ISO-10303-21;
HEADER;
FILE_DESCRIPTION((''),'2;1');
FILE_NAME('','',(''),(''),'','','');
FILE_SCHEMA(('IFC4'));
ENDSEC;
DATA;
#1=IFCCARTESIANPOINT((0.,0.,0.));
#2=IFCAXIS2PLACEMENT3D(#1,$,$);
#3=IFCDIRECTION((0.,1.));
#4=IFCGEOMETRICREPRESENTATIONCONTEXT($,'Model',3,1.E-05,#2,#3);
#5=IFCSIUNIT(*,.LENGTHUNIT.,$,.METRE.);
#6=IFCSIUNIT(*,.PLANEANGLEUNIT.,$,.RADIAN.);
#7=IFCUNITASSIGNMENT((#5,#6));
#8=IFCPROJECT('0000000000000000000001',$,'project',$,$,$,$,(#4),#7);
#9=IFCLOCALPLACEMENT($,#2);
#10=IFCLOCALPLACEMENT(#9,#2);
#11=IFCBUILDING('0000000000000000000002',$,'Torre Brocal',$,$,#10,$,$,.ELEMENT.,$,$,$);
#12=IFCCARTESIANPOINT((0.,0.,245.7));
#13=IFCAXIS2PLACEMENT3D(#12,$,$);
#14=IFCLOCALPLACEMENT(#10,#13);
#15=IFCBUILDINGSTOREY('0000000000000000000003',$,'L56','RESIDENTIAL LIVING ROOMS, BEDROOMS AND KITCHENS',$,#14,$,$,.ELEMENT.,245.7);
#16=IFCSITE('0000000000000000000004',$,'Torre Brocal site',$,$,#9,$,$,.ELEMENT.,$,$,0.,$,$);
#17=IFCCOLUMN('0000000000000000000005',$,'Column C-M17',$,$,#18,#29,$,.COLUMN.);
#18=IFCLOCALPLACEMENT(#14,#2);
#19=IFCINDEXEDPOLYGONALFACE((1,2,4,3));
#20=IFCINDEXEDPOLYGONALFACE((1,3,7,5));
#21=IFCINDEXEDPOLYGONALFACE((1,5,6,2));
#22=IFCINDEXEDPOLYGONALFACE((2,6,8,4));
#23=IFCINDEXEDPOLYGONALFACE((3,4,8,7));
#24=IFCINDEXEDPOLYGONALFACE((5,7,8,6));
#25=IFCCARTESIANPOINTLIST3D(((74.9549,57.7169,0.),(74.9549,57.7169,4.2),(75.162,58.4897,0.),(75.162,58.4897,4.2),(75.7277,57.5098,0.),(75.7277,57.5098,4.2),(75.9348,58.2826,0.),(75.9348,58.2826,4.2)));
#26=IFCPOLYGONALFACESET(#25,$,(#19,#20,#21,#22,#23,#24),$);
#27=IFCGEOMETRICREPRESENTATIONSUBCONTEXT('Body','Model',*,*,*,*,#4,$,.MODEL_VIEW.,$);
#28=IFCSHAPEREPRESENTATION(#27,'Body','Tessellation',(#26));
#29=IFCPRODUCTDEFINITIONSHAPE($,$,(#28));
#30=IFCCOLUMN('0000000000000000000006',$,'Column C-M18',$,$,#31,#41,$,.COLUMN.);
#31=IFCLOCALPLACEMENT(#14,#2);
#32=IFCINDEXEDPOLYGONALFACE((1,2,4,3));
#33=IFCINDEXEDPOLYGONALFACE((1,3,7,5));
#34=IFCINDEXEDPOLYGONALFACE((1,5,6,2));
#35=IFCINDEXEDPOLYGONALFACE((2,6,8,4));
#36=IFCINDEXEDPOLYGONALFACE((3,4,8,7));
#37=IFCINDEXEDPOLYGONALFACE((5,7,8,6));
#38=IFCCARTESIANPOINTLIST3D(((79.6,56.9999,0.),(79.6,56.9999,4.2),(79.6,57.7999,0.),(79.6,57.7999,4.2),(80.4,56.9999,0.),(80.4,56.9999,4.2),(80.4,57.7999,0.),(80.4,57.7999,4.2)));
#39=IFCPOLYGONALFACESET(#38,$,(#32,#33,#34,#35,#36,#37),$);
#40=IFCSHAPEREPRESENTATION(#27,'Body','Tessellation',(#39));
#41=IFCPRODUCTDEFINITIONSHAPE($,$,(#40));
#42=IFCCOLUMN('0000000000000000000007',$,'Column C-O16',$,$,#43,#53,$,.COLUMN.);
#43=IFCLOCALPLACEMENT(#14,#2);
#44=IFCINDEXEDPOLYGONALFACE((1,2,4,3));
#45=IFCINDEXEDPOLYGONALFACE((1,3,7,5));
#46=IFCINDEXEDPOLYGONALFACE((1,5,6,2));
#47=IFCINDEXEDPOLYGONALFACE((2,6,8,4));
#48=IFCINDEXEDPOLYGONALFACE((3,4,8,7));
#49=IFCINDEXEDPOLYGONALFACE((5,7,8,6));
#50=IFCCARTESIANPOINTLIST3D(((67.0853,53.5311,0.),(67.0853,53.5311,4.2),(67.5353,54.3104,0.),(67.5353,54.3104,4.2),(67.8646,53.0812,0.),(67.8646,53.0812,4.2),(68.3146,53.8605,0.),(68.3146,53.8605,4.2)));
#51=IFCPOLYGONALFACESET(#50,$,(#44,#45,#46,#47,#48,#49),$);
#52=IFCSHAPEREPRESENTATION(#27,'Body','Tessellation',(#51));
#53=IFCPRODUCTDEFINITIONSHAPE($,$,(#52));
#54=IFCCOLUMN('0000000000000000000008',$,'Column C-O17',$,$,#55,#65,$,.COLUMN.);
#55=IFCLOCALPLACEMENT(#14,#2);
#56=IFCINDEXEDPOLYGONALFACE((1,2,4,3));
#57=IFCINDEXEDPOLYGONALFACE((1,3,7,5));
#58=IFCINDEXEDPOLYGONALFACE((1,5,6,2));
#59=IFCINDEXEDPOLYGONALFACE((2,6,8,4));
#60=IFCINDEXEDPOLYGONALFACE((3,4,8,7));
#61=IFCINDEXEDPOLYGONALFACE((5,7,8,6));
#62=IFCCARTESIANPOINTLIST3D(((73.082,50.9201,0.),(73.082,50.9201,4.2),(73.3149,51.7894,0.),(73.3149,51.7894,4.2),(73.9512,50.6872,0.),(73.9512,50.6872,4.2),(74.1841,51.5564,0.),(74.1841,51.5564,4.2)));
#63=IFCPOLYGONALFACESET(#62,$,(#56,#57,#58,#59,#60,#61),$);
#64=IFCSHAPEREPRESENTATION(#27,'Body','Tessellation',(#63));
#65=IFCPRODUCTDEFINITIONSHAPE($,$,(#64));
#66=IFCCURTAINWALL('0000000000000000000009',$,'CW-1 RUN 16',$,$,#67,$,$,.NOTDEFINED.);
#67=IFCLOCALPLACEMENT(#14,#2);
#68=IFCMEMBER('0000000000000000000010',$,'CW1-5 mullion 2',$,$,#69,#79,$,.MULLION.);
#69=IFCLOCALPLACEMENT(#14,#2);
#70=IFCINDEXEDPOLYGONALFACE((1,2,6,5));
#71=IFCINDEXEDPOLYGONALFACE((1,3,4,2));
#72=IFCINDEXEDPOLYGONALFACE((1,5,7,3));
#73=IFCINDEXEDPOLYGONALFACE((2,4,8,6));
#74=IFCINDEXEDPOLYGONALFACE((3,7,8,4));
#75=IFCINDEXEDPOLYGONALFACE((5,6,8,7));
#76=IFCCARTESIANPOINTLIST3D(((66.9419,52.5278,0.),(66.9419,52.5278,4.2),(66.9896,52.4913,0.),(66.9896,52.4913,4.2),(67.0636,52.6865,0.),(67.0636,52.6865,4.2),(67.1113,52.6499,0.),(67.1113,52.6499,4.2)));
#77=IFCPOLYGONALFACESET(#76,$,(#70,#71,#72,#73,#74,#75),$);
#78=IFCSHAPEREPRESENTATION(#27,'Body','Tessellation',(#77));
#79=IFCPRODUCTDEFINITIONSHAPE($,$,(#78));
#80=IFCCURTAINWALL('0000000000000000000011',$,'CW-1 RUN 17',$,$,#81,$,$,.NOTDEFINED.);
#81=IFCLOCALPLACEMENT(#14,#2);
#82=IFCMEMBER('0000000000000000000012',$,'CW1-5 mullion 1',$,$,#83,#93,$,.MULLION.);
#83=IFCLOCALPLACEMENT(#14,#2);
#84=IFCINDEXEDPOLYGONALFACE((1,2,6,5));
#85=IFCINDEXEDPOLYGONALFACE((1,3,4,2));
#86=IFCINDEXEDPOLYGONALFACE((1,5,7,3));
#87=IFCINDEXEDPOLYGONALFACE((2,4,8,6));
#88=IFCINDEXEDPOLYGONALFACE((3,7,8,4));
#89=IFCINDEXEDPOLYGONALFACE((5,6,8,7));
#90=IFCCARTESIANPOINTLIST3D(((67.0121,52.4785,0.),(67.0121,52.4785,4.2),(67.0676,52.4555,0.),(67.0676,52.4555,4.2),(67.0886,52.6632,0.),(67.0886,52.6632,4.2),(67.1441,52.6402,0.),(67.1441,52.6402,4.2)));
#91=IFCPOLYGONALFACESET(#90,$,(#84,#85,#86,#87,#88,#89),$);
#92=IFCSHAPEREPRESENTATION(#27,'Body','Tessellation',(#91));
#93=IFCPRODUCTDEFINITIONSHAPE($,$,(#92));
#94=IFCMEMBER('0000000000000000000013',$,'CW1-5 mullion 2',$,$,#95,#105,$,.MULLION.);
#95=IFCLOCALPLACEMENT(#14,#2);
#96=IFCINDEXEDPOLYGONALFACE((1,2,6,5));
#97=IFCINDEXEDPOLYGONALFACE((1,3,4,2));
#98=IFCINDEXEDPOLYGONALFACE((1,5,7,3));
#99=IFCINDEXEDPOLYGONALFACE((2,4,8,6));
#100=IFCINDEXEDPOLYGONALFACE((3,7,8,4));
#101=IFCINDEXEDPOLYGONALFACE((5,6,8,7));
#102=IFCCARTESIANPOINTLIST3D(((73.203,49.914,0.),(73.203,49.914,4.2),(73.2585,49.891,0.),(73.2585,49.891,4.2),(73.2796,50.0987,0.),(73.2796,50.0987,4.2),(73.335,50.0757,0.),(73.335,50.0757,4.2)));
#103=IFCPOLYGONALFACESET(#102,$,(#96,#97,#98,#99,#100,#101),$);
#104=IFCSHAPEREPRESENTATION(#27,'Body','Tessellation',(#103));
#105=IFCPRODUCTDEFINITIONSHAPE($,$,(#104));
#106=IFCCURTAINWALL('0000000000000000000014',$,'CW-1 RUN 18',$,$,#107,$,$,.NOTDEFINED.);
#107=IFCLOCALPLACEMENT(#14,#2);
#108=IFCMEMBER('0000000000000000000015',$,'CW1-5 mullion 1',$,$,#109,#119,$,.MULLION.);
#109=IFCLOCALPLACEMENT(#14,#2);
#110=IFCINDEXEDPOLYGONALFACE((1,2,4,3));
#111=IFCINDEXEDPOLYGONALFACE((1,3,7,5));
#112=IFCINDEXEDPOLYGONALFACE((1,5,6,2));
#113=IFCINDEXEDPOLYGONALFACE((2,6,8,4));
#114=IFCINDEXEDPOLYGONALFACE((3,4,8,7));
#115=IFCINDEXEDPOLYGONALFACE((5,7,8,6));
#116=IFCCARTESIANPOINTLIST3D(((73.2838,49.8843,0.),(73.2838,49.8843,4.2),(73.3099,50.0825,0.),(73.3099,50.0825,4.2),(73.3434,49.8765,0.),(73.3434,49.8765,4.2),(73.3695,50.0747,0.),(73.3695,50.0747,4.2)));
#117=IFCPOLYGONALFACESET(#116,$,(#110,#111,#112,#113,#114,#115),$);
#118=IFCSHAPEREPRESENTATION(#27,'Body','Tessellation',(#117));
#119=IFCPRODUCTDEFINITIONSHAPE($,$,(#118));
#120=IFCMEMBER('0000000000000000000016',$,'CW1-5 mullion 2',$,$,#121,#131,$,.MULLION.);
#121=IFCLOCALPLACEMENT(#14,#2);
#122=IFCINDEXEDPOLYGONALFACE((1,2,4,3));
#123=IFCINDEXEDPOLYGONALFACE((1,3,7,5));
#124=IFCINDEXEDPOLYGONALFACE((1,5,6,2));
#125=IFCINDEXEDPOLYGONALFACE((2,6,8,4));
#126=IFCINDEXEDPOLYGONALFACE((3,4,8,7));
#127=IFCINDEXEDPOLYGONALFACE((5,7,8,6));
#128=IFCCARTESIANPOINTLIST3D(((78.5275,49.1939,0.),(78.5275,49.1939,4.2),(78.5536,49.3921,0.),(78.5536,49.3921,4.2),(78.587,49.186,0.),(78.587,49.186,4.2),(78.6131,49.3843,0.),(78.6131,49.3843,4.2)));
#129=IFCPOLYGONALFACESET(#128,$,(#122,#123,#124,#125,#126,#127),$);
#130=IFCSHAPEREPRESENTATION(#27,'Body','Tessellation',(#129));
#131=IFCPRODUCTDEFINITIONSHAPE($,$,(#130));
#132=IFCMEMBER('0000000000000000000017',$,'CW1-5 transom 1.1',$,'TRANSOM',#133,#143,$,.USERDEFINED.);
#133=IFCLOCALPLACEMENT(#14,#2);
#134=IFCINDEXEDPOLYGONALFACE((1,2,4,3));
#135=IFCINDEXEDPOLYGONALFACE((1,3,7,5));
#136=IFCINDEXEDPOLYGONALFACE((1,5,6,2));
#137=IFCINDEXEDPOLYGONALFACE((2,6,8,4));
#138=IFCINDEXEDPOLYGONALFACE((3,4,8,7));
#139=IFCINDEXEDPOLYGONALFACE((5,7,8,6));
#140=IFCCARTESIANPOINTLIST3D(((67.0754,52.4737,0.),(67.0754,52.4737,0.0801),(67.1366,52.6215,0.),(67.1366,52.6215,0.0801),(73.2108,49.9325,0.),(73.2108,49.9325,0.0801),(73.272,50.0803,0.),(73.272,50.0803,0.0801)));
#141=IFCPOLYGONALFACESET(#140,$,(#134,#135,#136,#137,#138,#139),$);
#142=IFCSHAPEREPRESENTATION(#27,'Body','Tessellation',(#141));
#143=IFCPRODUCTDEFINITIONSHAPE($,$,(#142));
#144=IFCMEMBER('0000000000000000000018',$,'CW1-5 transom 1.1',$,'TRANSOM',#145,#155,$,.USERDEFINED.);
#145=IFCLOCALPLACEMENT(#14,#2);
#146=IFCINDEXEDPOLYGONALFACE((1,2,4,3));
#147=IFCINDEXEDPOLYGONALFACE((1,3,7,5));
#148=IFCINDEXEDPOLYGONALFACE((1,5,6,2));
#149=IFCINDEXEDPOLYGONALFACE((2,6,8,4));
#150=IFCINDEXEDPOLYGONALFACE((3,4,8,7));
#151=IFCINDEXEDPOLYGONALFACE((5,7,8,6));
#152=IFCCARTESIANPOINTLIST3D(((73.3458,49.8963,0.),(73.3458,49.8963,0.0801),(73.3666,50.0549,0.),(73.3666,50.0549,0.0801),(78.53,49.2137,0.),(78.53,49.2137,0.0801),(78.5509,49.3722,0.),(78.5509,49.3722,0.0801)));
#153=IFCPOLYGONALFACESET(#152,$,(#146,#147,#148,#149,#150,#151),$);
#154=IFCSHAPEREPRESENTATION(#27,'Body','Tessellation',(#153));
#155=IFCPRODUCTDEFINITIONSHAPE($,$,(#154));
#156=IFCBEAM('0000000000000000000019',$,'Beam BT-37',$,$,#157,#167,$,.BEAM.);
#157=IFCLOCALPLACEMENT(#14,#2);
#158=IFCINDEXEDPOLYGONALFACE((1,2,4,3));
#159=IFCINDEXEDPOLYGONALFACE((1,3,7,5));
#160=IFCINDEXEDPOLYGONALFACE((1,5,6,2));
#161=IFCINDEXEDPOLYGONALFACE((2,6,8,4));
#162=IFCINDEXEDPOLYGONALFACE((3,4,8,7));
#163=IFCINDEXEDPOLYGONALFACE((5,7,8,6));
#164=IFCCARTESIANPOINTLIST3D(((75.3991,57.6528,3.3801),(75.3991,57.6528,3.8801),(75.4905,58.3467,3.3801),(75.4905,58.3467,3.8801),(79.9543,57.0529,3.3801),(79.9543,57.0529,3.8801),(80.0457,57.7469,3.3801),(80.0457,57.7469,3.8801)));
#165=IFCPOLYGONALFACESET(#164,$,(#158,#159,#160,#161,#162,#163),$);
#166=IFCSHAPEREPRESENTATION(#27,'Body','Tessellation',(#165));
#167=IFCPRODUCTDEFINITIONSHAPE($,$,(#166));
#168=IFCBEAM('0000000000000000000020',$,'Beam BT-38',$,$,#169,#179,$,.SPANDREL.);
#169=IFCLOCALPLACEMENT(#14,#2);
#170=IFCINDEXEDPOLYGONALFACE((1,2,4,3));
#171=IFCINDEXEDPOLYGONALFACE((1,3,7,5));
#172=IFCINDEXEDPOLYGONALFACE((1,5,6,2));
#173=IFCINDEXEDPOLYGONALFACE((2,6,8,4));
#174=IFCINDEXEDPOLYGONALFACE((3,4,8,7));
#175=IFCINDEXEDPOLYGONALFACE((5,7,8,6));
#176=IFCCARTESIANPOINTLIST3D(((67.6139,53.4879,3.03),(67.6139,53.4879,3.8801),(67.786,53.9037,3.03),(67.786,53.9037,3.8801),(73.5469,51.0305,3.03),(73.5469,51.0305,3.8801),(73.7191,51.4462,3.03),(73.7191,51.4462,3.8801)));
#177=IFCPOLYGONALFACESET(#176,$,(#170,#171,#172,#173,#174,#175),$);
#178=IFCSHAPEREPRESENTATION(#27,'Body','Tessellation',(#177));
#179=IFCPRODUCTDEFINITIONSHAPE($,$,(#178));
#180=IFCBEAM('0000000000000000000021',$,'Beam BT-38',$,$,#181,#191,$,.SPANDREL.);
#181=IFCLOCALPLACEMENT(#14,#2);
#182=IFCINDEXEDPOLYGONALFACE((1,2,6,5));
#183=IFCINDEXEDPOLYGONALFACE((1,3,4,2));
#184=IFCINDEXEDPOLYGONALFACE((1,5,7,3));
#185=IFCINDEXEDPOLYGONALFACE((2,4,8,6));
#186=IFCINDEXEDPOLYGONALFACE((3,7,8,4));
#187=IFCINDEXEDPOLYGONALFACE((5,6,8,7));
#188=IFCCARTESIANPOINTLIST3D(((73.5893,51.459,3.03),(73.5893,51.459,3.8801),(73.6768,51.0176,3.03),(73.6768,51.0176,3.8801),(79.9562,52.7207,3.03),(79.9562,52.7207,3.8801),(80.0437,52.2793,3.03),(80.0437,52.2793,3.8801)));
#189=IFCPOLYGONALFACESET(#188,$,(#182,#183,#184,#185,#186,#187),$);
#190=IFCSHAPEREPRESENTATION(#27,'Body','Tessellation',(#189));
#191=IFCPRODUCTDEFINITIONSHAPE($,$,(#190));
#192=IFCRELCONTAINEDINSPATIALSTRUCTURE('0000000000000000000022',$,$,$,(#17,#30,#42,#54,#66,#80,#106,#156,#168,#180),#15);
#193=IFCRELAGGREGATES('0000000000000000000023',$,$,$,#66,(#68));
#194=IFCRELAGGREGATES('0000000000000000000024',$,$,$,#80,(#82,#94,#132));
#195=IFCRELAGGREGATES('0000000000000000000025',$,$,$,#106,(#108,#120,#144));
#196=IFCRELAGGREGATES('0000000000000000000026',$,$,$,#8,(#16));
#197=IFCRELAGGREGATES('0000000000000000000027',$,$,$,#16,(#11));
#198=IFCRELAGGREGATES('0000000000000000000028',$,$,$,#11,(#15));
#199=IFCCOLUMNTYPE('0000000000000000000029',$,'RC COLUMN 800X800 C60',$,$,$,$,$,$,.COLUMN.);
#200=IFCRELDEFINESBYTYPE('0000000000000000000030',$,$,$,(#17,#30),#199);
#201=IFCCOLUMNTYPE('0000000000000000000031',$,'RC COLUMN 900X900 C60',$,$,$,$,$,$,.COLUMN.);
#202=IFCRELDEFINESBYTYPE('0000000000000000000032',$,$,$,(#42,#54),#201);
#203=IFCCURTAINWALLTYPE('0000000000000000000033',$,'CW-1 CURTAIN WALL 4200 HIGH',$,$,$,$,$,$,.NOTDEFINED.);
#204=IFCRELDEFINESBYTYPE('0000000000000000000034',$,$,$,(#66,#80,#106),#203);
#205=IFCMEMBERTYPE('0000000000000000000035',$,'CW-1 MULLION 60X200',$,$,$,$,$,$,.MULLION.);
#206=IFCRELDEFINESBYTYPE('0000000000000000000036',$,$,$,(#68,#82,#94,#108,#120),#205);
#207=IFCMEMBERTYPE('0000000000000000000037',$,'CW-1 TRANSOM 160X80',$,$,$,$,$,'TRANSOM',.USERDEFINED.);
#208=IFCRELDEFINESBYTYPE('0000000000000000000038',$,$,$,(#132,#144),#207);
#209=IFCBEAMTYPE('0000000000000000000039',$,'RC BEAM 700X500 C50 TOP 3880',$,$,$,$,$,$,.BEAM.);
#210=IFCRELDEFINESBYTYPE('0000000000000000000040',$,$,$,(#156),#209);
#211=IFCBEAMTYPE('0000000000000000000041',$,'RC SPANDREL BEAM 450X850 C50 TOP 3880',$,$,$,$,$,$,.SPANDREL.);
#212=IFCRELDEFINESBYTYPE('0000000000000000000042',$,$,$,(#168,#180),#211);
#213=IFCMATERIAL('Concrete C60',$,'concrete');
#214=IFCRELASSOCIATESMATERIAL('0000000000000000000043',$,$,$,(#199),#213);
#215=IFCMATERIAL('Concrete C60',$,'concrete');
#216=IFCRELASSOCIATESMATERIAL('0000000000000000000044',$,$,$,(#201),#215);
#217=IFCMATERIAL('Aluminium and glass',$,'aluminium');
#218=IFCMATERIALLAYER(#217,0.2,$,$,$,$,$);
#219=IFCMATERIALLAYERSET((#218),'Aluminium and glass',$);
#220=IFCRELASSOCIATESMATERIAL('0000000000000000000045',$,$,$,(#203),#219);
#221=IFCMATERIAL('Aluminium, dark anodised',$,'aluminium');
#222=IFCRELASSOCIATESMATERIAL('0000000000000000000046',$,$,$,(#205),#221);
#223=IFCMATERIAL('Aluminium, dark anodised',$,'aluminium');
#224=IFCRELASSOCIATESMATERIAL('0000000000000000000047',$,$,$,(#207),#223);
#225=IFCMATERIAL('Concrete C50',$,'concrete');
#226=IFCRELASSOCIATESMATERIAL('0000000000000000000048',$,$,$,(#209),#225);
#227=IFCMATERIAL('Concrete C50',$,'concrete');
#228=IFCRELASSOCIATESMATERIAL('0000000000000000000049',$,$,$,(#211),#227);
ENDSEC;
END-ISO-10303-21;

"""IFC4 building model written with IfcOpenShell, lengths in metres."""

from ifc_helpers import new_model, si_unit, direction, frame, origin, origin_2d, place, context, subcontext, project, spatial, rectangle, extrude, material, layer, layer_set, material_profile, profile_set, type_object, element, aggregate, save


model = new_model("IFC4")

# Units and contexts
model_context = context("Model", 3, precision=1e-05, world=origin(), true_north=direction((0.0, 1.0)))
body_context = subcontext(model_context, "Body", "Model", "MODEL_VIEW")
ifc_project = project(units=[si_unit("LENGTHUNIT", "METRE"), si_unit("PLANEANGLEUNIT", "RADIAN")], contexts=[model_context])

# Site, building, storey
site_placement = place(None, origin())
site = spatial("IfcSite", under=ifc_project, at=site_placement, Name="Torre Brocal site", CompositionType="ELEMENT", RefElevation=0.0)
building_placement = place(site_placement, origin())
building = spatial("IfcBuilding", under=site, at=building_placement, Name="Torre Brocal", CompositionType="ELEMENT")
storey_placement = place(building_placement, frame((0.0, 0.0, 245.7)))
storey = spatial("IfcBuildingStorey", under=building, at=storey_placement, Name="L56", Description="RESIDENTIAL LIVING ROOMS, BEDROOMS AND KITCHENS", CompositionType="ELEMENT", Elevation=245.7)

# Columns
ifc_material_1 = material(Name="Concrete C60", Category="concrete")
ifc_material_profile_1 = material_profile(ifc_material_1, rectangle(XDim=0.8, YDim=0.8, at=origin_2d()), Name="RC 800X800")
ifc_profile_set_1 = profile_set([ifc_material_profile_1], Name="Concrete C60")
column_type_1 = type_object("IfcColumnType", Name="RC COLUMN 800X800 C60", PredefinedType="COLUMN", material=ifc_profile_set_1)
for number, where, z_axis, x_axis, name in (
    (1, (75.4448, 57.9998, 0.0), (0.0, 0.0, 1.0), (-0.258819, -0.965926, 0.0), "Column C-M17"),
    (2, (80.0, 57.3999, 0.0), (0.0, 0.0, 1.0), (0.0, -1.0, 0.0), "Column C-M18"),
):
    element("IfcColumn", number, at=place(storey_placement, frame(where, z_axis=z_axis, x_axis=x_axis)), inside=storey, type_object=column_type_1, Name=name, PredefinedType="COLUMN", context=body_context, shape_type="SweptSolid", body=[
        extrude(rectangle(XDim=0.8, YDim=0.8, at=origin_2d()), origin(), (0.0, 0.0, 1.0), 4.2),
    ])
ifc_material_2 = material(Name="Concrete C60", Category="concrete")
ifc_material_profile_2 = material_profile(ifc_material_2, rectangle(XDim=0.8999, YDim=0.8999, at=origin_2d()), Name="RC 900X900")
ifc_profile_set_2 = profile_set([ifc_material_profile_2], Name="Concrete C60")
column_type_2 = type_object("IfcColumnType", Name="RC COLUMN 900X900 C60", PredefinedType="COLUMN", material=ifc_profile_set_2)
for number, where, z_axis, x_axis, name in (
    (3, (67.7, 53.6958, 0.0), (0.0, 0.0, 1.0), (-0.5, -0.866025, 0.0), "Column C-O16"),
    (4, (73.6331, 51.2383, 0.0), (0.0, 0.0, 1.0), (-0.258819, -0.965926, 0.0), "Column C-O17"),
):
    element("IfcColumn", number, at=place(storey_placement, frame(where, z_axis=z_axis, x_axis=x_axis)), inside=storey, type_object=column_type_2, Name=name, PredefinedType="COLUMN", context=body_context, shape_type="SweptSolid", body=[
        extrude(rectangle(XDim=0.8999, YDim=0.8999, at=origin_2d()), origin(), (0.0, 0.0, 1.0), 4.2),
    ])

# Curtain wall, member
ifc_material_3 = material(Name="Aluminium and glass", Category="aluminium")
ifc_layer_1 = layer(ifc_material_3, 0.2)
ifc_layer_set_1 = layer_set([ifc_layer_1], Name="Aluminium and glass")
curtain_wall_type = type_object("IfcCurtainWallType", Name="CW-1 CURTAIN WALL 4200 HIGH", PredefinedType="NOTDEFINED", material=ifc_layer_set_1)
curtain_wall_1_placement = place(storey_placement, origin())
curtain_wall_1 = element("IfcCurtainWall", 5, at=curtain_wall_1_placement, inside=storey, type_object=curtain_wall_type, Name="CW-1 RUN 16", PredefinedType="NOTDEFINED")
ifc_material_4 = material(Name="Aluminium, dark anodised", Category="aluminium")
ifc_material_profile_3 = material_profile(ifc_material_4, rectangle(XDim=0.2, YDim=0.0601, at=origin_2d()), Name="CW-1 MULLION 60X200")
ifc_profile_set_3 = profile_set([ifc_material_profile_3], Name="Aluminium, dark anodised")
member_type_1 = type_object("IfcMemberType", Name="CW-1 MULLION 60X200", PredefinedType="MULLION", material=ifc_profile_set_3)
member_1_placement = place(storey_placement, frame((67.0266, 52.5889, 0.0), z_axis=(0.0, 0.0, 1.0), x_axis=(0.608761, 0.793353, 0.0)))
member_1 = element("IfcMember", 6, at=member_1_placement, type_object=member_type_1, Name="CW1-5 mullion 2", PredefinedType="MULLION", context=body_context, shape_type="SweptSolid", body=[
    extrude(rectangle(XDim=0.2, YDim=0.0601, at=origin_2d()), origin(), (0.0, 0.0, 1.0), 4.2),
])
aggregate(curtain_wall_1, [member_1])

# Curtain walls, members
curtain_wall_2_placement = place(storey_placement, origin())
curtain_wall_2 = element("IfcCurtainWall", 7, at=curtain_wall_2_placement, inside=storey, type_object=curtain_wall_type, Name="CW-1 RUN 17", PredefinedType="NOTDEFINED")
member_2_placement = place(storey_placement, frame((67.0781, 52.5593, 0.0), z_axis=(0.0, 0.0, 1.0), x_axis=(0.382683, 0.92388, 0.0)))
member_2 = element("IfcMember", 8, at=member_2_placement, type_object=member_type_1, Name="CW1-5 mullion 1", PredefinedType="MULLION", context=body_context, shape_type="SweptSolid", body=[
    extrude(rectangle(XDim=0.2, YDim=0.0601, at=origin_2d()), origin(), (0.0, 0.0, 1.0), 4.2),
])
member_3_placement = place(storey_placement, frame((73.269, 49.9949, 0.0), z_axis=(0.0, 0.0, 1.0), x_axis=(0.382683, 0.92388, 0.0)))
member_3 = element("IfcMember", 9, at=member_3_placement, type_object=member_type_1, Name="CW1-5 mullion 2", PredefinedType="MULLION", context=body_context, shape_type="SweptSolid", body=[
    extrude(rectangle(XDim=0.2, YDim=0.0601, at=origin_2d()), origin(), (0.0, 0.0, 1.0), 4.2),
])
curtain_wall_3_placement = place(storey_placement, origin())
curtain_wall_3 = element("IfcCurtainWall", 10, at=curtain_wall_3_placement, inside=storey, type_object=curtain_wall_type, Name="CW-1 RUN 18", PredefinedType="NOTDEFINED")
member_4_placement = place(storey_placement, frame((73.3267, 49.9795, 0.0), z_axis=(0.0, 0.0, 1.0), x_axis=(0.130526, 0.991445, 0.0)))
member_4 = element("IfcMember", 11, at=member_4_placement, type_object=member_type_1, Name="CW1-5 mullion 1", PredefinedType="MULLION", context=body_context, shape_type="SweptSolid", body=[
    extrude(rectangle(XDim=0.2, YDim=0.0601, at=origin_2d()), origin(), (0.0, 0.0, 1.0), 4.2),
])
member_5_placement = place(storey_placement, frame((78.5703, 49.2891, 0.0), z_axis=(0.0, 0.0, 1.0), x_axis=(0.130526, 0.991445, 0.0)))
member_5 = element("IfcMember", 12, at=member_5_placement, type_object=member_type_1, Name="CW1-5 mullion 2", PredefinedType="MULLION", context=body_context, shape_type="SweptSolid", body=[
    extrude(rectangle(XDim=0.2, YDim=0.0601, at=origin_2d()), origin(), (0.0, 0.0, 1.0), 4.2),
])

# Members
ifc_material_5 = material(Name="Aluminium, dark anodised", Category="aluminium")
ifc_material_profile_4 = material_profile(ifc_material_5, rectangle(XDim=0.1599, YDim=0.0801, at=origin_2d()), Name="CW-1 TRANSOM 160X80")
ifc_profile_set_4 = profile_set([ifc_material_profile_4], Name="Aluminium, dark anodised")
member_type_2 = type_object("IfcMemberType", Name="CW-1 TRANSOM 160X80", ElementType="TRANSOM", PredefinedType="USERDEFINED", material=ifc_profile_set_4)
member_6_placement = place(storey_placement, frame((67.106, 52.5476, 0.04), z_axis=(0.923887, -0.382665, 0.0), x_axis=(0.382665, 0.923887, 0.0)))
member_6 = element("IfcMember", 13, at=member_6_placement, type_object=member_type_2, Name="CW1-5 transom 1.1", ObjectType="TRANSOM", PredefinedType="USERDEFINED", context=body_context, shape_type="SweptSolid", body=[
    extrude(rectangle(XDim=0.1599, YDim=0.0801, at=origin_2d()), origin(), (0.0, 0.0, 1.0), 6.6409),
])
member_7_placement = place(storey_placement, frame((73.3562, 49.9756, 0.04), z_axis=(0.991443, -0.130543, 0.0), x_axis=(0.130543, 0.991443, 0.0)))
member_7 = element("IfcMember", 14, at=member_7_placement, type_object=member_type_2, Name="CW1-5 transom 1.1", ObjectType="TRANSOM", PredefinedType="USERDEFINED", context=body_context, shape_type="SweptSolid", body=[
    extrude(rectangle(XDim=0.1599, YDim=0.0801, at=origin_2d()), origin(), (0.0, 0.0, 1.0), 5.229),
])

# Beams
ifc_material_6 = material(Name="Concrete C50", Category="concrete")
ifc_material_profile_5 = material_profile(ifc_material_6, rectangle(XDim=0.7, YDim=0.5, at=origin_2d()), Name="RC 700X500")
ifc_profile_set_5 = profile_set([ifc_material_profile_5], Name="Concrete C50")
beam_type_1 = type_object("IfcBeamType", Name="RC BEAM 700X500 C50 TOP 3880", PredefinedType="BEAM", material=ifc_profile_set_5)
beam_1_placement = place(storey_placement, frame((75.4448, 57.9998, 3.6301), z_axis=(0.991441, -0.130559, 0.0), x_axis=(0.130559, 0.991441, 0.0)))
element("IfcBeam", 15, at=beam_1_placement, inside=storey, type_object=beam_type_1, Name="Beam BT-37", PredefinedType="BEAM", context=body_context, shape_type="SweptSolid", body=[
    extrude(rectangle(XDim=0.7, YDim=0.5, at=origin_2d()), origin(), (0.0, 0.0, 1.0), 4.5945),
])
ifc_material_7 = material(Name="Concrete C50", Category="concrete")
ifc_material_profile_6 = material_profile(ifc_material_7, rectangle(XDim=0.45, YDim=0.8501, at=origin_2d()), Name="RC 450X850")
ifc_profile_set_6 = profile_set([ifc_material_profile_6], Name="Concrete C50")
beam_type_2 = type_object("IfcBeamType", Name="RC SPANDREL BEAM 450X850 C50 TOP 3880", PredefinedType="SPANDREL", material=ifc_profile_set_6)
beam_2_placement = place(storey_placement, frame((67.7, 53.6958, 3.4551), z_axis=(0.923882, -0.382676, 0.0), x_axis=(0.382676, 0.923882, 0.0)))
element("IfcBeam", 16, at=beam_2_placement, inside=storey, type_object=beam_type_2, Name="Beam BT-38", PredefinedType="SPANDREL", context=body_context, shape_type="SweptSolid", body=[
    extrude(rectangle(XDim=0.45, YDim=0.8501, at=origin_2d()), origin(), (0.0, 0.0, 1.0), 6.4219),
])
beam_3_placement = place(storey_placement, frame((73.6331, 51.2383, 3.4551), z_axis=(0.980925, 0.194387, 0.0), x_axis=(-0.194387, 0.980925, 0.0)))
element("IfcBeam", 17, at=beam_3_placement, inside=storey, type_object=beam_type_2, Name="Beam BT-38", PredefinedType="SPANDREL", context=body_context, shape_type="SweptSolid", body=[
    extrude(rectangle(XDim=0.45, YDim=0.8501, at=origin_2d()), origin(), (0.0, 0.0, 1.0), 6.4907),
])

aggregate(curtain_wall_2, [member_2, member_3, member_6])
aggregate(curtain_wall_3, [member_4, member_5, member_7])

save(model, "model.ifc")
